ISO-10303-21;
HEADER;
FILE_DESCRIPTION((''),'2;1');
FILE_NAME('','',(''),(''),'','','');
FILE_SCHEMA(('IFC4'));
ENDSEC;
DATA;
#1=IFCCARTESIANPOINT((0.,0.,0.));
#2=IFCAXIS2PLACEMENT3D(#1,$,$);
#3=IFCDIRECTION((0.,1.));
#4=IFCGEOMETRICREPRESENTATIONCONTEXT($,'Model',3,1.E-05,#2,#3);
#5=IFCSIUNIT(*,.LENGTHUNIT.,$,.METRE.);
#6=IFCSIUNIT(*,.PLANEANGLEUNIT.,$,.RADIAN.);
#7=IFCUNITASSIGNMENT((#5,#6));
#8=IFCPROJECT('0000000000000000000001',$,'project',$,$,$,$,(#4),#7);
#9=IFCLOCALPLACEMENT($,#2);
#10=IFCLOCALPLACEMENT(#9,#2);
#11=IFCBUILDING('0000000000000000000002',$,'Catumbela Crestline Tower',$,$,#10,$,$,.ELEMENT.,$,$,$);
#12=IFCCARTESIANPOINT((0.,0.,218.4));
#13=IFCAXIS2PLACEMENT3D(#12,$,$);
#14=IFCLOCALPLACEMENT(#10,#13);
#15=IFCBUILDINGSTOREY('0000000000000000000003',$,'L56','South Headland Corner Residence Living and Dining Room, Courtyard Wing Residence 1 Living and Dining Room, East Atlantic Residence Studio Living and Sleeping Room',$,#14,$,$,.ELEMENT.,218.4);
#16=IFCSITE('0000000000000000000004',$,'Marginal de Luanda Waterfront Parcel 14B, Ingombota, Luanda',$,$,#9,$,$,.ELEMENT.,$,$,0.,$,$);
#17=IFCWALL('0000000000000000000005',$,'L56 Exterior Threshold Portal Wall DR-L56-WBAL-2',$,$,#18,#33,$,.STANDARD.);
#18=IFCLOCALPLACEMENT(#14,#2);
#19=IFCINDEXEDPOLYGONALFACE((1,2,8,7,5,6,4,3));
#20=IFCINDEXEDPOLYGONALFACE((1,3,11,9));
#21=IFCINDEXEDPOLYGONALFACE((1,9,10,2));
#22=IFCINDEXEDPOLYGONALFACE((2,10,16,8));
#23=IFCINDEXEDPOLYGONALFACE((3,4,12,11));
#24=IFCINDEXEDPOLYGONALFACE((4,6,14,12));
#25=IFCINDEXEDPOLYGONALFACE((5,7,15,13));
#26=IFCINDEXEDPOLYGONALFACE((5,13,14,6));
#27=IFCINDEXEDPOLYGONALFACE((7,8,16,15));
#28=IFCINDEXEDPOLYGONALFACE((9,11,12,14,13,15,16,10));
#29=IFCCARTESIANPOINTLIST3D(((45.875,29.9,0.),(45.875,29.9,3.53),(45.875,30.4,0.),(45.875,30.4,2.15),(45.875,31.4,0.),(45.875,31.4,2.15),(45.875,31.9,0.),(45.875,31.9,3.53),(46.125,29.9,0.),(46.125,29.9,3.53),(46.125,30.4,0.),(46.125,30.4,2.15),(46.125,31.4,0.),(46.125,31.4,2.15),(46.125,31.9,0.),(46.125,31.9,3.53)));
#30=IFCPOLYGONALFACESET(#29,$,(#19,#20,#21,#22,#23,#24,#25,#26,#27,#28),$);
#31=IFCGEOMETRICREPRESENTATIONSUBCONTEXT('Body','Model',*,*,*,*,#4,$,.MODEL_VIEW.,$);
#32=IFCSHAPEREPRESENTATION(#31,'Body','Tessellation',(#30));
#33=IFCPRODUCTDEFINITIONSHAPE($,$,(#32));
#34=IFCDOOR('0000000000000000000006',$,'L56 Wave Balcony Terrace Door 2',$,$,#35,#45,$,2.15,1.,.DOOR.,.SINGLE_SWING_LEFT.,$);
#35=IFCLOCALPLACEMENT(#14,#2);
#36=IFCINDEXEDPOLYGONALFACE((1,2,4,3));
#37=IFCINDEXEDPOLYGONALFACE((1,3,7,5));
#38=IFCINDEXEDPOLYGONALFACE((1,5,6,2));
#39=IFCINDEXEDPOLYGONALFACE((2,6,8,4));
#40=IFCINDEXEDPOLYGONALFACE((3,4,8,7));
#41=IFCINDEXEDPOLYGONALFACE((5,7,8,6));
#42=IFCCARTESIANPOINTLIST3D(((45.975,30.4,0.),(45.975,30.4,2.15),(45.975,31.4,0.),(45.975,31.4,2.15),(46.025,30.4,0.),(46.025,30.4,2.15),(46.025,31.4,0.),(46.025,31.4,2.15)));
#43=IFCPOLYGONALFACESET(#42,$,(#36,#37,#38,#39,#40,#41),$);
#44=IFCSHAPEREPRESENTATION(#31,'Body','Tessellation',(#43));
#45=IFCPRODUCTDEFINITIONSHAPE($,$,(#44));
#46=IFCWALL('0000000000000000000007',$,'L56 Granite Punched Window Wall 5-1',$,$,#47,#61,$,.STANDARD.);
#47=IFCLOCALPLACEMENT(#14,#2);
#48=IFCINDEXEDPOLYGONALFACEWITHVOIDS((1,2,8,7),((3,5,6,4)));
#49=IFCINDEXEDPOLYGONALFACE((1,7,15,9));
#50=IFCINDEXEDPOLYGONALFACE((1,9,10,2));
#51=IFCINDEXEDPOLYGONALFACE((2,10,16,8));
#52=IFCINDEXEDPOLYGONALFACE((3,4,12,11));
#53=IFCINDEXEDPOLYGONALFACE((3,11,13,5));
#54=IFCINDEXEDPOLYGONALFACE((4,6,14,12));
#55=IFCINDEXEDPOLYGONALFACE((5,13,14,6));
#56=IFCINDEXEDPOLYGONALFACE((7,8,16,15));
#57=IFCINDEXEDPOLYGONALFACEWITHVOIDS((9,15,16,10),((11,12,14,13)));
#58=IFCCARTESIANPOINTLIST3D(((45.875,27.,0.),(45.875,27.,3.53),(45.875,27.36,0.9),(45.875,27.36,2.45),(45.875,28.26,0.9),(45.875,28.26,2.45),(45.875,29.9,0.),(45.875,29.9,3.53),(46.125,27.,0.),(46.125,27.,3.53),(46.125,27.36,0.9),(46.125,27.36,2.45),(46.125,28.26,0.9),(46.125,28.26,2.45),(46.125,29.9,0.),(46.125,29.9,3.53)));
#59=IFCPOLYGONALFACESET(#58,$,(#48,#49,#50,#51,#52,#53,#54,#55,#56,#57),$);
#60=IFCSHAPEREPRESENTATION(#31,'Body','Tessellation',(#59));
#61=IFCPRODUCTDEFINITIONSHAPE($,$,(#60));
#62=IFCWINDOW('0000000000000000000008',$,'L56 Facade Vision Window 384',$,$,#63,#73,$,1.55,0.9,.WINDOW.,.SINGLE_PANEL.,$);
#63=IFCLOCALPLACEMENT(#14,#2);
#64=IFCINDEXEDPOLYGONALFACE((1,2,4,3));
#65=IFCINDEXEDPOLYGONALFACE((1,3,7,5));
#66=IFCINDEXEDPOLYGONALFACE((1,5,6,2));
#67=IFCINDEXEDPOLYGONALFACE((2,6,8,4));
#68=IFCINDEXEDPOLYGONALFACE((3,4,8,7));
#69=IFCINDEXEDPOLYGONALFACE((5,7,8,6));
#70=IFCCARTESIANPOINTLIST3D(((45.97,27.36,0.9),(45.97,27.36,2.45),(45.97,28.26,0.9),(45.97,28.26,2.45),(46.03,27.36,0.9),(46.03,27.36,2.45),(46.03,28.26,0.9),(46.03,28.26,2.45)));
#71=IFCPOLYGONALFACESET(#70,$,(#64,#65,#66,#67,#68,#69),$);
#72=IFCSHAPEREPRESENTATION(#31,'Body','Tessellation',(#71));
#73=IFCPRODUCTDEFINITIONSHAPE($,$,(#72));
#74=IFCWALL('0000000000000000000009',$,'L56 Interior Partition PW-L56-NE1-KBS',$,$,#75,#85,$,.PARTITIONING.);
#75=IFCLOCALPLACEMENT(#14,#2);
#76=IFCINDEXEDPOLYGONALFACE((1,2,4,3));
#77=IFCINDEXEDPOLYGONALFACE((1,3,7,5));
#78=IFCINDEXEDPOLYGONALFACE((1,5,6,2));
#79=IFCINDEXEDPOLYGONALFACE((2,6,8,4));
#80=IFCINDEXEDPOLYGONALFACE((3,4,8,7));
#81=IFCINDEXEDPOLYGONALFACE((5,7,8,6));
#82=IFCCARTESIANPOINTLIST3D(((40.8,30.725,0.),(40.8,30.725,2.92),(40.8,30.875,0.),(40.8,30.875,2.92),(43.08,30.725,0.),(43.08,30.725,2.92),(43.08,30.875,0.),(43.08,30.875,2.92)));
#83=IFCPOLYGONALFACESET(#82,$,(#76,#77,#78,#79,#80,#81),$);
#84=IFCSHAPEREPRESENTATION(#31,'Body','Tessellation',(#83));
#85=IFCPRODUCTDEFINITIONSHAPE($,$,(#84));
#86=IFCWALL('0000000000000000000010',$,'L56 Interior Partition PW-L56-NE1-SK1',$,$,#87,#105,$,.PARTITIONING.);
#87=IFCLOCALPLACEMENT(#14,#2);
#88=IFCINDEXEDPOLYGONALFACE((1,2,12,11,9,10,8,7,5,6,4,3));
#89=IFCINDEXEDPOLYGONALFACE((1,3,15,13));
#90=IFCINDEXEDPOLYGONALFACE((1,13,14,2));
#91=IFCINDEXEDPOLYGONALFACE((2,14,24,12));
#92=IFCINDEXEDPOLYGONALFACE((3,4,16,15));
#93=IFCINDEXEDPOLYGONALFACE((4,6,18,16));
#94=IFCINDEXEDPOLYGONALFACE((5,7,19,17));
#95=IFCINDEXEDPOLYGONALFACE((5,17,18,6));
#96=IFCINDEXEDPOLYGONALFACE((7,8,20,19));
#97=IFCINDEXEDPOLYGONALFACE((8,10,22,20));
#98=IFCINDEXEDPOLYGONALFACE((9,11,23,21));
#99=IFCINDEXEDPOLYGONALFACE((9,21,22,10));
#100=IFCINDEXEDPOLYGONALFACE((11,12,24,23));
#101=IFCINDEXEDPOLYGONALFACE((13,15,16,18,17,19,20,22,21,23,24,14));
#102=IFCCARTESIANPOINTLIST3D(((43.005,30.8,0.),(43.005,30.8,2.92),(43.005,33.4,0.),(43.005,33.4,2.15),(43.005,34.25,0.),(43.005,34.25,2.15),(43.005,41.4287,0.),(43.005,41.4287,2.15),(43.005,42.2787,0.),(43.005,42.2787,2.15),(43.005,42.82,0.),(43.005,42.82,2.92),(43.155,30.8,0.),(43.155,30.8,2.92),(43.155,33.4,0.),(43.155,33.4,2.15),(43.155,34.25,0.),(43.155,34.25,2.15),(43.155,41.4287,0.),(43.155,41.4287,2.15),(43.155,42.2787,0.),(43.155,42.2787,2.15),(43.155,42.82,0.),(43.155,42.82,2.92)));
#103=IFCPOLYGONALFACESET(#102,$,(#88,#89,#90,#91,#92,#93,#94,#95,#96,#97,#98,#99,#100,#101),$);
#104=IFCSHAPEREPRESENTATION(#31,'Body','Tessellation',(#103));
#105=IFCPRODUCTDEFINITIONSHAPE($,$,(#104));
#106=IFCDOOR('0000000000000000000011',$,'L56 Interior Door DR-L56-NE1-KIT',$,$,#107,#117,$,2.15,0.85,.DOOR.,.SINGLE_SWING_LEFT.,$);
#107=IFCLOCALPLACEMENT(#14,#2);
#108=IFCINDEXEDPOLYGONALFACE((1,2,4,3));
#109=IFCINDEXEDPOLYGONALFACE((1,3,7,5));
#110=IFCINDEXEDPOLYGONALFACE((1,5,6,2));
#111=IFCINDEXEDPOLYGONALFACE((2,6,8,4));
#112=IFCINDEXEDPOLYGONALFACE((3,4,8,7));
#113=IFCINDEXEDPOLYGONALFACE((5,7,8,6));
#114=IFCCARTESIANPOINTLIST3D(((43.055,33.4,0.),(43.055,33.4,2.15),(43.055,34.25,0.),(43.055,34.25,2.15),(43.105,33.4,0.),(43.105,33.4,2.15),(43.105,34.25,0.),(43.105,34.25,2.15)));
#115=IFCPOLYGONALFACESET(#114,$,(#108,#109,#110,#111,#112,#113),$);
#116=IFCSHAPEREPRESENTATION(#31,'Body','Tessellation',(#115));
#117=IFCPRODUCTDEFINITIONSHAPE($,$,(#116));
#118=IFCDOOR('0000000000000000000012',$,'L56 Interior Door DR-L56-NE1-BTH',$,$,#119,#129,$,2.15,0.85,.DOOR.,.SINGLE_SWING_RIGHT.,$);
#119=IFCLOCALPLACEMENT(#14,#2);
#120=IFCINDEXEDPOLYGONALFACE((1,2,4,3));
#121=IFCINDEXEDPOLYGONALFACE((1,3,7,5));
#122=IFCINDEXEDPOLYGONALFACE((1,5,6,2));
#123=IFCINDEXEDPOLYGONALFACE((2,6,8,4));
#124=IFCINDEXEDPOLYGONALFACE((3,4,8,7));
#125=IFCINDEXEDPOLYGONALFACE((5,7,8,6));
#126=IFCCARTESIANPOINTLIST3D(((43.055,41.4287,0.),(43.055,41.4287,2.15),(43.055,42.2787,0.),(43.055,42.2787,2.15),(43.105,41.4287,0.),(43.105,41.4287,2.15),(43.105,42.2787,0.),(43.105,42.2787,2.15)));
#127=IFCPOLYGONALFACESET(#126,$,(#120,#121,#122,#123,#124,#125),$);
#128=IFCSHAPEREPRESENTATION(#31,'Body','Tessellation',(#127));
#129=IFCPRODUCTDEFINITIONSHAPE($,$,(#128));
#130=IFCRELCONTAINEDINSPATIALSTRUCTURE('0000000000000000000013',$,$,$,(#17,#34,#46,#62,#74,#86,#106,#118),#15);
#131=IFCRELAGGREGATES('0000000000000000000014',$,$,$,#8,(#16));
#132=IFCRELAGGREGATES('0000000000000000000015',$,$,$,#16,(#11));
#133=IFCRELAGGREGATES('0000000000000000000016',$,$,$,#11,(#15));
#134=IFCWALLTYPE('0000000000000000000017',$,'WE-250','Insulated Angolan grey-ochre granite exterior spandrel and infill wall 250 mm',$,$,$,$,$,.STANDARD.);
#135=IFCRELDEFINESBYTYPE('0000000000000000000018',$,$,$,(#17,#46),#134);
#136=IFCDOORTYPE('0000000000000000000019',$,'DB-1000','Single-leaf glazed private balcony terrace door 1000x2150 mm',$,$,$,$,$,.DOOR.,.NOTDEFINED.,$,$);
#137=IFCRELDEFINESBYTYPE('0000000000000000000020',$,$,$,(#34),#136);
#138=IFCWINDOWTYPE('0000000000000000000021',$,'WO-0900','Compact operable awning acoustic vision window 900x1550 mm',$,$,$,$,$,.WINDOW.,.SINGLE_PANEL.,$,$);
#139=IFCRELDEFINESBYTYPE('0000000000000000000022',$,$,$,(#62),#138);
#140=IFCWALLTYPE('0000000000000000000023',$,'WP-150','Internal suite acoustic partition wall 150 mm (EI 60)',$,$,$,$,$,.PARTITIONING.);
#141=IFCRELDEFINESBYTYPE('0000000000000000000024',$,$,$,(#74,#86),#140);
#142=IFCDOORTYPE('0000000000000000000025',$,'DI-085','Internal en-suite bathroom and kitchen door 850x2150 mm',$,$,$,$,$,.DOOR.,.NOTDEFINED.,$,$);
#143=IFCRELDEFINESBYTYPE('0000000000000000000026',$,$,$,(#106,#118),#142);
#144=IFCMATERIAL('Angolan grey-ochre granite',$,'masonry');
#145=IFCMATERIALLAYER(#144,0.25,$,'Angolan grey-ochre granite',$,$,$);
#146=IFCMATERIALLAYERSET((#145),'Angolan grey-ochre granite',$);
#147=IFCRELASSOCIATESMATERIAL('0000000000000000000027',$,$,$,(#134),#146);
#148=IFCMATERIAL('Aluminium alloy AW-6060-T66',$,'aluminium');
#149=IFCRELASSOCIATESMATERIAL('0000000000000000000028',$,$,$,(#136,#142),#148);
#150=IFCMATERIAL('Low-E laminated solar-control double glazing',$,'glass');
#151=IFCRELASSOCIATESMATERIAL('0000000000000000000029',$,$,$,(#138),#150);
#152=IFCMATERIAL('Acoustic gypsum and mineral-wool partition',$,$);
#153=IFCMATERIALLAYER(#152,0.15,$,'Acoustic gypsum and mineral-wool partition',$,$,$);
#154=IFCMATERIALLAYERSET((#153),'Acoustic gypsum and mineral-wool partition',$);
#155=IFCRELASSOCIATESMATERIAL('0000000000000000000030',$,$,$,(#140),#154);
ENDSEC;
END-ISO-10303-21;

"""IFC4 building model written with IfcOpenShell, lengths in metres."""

from ifc_helpers import new_model, si_unit, direction, frame, frame_2d, origin, place, context, subcontext, project, spatial, rectangle, extrude, material, layer, layer_set, type_object, element, fill, save


model = new_model("IFC4")

# Units and contexts
model_context = context("Model", 3, precision=1e-05, world=origin(), true_north=direction((0.0, 1.0)))
body_context = subcontext(model_context, "Body", "Model", "MODEL_VIEW")
ifc_project = project(units=[si_unit("LENGTHUNIT", "METRE"), si_unit("PLANEANGLEUNIT", "RADIAN")], contexts=[model_context])

# Site, building, storey
site_placement = place(None, origin())
site = spatial("IfcSite", under=ifc_project, at=site_placement, Name="Marginal de Luanda Waterfront Parcel 14B, Ingombota, Luanda", CompositionType="ELEMENT", RefElevation=0.0)
building_placement = place(site_placement, origin())
building = spatial("IfcBuilding", under=site, at=building_placement, Name="Catumbela Crestline Tower", CompositionType="ELEMENT")
storey_placement = place(building_placement, frame((0.0, 0.0, 218.4)))
storey = spatial("IfcBuildingStorey", under=building, at=storey_placement, Name="L56", Description="South Headland Corner Residence Living and Dining Room, Courtyard Wing Residence 1 Living and Dining Room, East Atlantic Residence Studio Living and Sleeping Room", CompositionType="ELEMENT", Elevation=218.4)

# Shared definitions
ifc_material_1 = material(Name="Aluminium alloy AW-6060-T66", Category="aluminium")

# Shared definitions
ifc_material_2 = material(Name="Low-E laminated solar-control double glazing", Category="glass")

# Wall, opening, door
ifc_material_3 = material(Name="Acoustic gypsum and mineral-wool partition")
ifc_material_4 = material(Name="Angolan grey-ochre granite", Category="masonry")
ifc_layer_1 = layer(ifc_material_4, 0.25, Name="Angolan grey-ochre granite")
ifc_layer_set_1 = layer_set([ifc_layer_1], Name="Angolan grey-ochre granite")
wall_type_1 = type_object("IfcWallType", Name="WE-250", Description="Insulated Angolan grey-ochre granite exterior spandrel and infill wall 250 mm", PredefinedType="STANDARD", material=ifc_layer_set_1)
wall_1_placement = place(storey_placement, frame((46.0, 29.9, 0.0), z_axis=(0.0, 0.0, 1.0), x_axis=(0.0, 1.0, 0.0)))
wall_1 = element("IfcWall", 1, at=wall_1_placement, inside=storey, type_object=wall_type_1, Name="L56 Exterior Threshold Portal Wall DR-L56-WBAL-2", PredefinedType="STANDARD", context=body_context, shape_type="SweptSolid", body=[
    extrude(rectangle(XDim=2.0, YDim=0.25, at=frame_2d((1.0, 0.0))), origin(), (0.0, 0.0, 1.0), 3.53),
])
opening_1_placement = place(wall_1_placement, frame((0.5, 0.0, 0.0)))
opening_1 = element("IfcOpeningElement", 2, at=opening_1_placement, cuts=wall_1, PredefinedType="OPENING", context=body_context, shape_type="SweptSolid", body=[
    extrude(rectangle(XDim=1.0, YDim=2.15, at=frame_2d((0.5, 1.075))), frame((0.0, 0.135, 0.0), z_axis=(0.0, -1.0, 0.0), x_axis=(1.0, 0.0, 0.0)), (0.0, 0.0, 1.0), 0.27),
])
door_type_1 = type_object("IfcDoorType", Name="DB-1000", Description="Single-leaf glazed private balcony terrace door 1000x2150 mm", OperationType="NOTDEFINED", PredefinedType="DOOR", material=ifc_material_1)
door_1_placement = place(opening_1_placement, origin())
door_1 = element("IfcDoor", 3, at=door_1_placement, inside=storey, type_object=door_type_1, Name="L56 Wave Balcony Terrace Door 2", OperationType="SINGLE_SWING_LEFT", OverallHeight=2.15, OverallWidth=1.0, PredefinedType="DOOR", context=body_context, shape_type="SweptSolid", body=[
    extrude(rectangle(XDim=1.0, YDim=2.15, at=frame_2d((0.5, 1.075))), frame((0.0, 0.025, 0.0), z_axis=(0.0, -1.0, 0.0), x_axis=(1.0, 0.0, 0.0)), (0.0, 0.0, 1.0), 0.05),
])
fill(opening_1, door_1)

# Wall, opening, window
wall_2_placement = place(storey_placement, frame((46.0, 27.0, 0.0), z_axis=(0.0, 0.0, 1.0), x_axis=(0.0, 1.0, 0.0)))
wall_2 = element("IfcWall", 4, at=wall_2_placement, inside=storey, type_object=wall_type_1, Name="L56 Granite Punched Window Wall 5-1", PredefinedType="STANDARD", context=body_context, shape_type="SweptSolid", body=[
    extrude(rectangle(XDim=2.9, YDim=0.25, at=frame_2d((1.45, 0.0))), origin(), (0.0, 0.0, 1.0), 3.53),
])
opening_2_placement = place(wall_2_placement, frame((0.36, 0.0, 0.9)))
opening_2 = element("IfcOpeningElement", 5, at=opening_2_placement, cuts=wall_2, PredefinedType="OPENING", context=body_context, shape_type="SweptSolid", body=[
    extrude(rectangle(XDim=0.9, YDim=1.55, at=frame_2d((0.45, 0.775))), frame((0.0, 0.135, 0.0), z_axis=(0.0, -1.0, 0.0), x_axis=(1.0, 0.0, 0.0)), (0.0, 0.0, 1.0), 0.27),
])
window_type = type_object("IfcWindowType", Name="WO-0900", Description="Compact operable awning acoustic vision window 900x1550 mm", PartitioningType="SINGLE_PANEL", PredefinedType="WINDOW", material=ifc_material_2)
window_placement = place(opening_2_placement, origin())
window = element("IfcWindow", 6, at=window_placement, inside=storey, type_object=window_type, Name="L56 Facade Vision Window 384", OverallHeight=1.55, OverallWidth=0.9, PartitioningType="SINGLE_PANEL", PredefinedType="WINDOW", context=body_context, shape_type="SweptSolid", body=[
    extrude(rectangle(XDim=0.9, YDim=1.55, at=frame_2d((0.45, 0.775))), frame((0.0, 0.03, 0.0), z_axis=(0.0, -1.0, 0.0), x_axis=(1.0, 0.0, 0.0)), (0.0, 0.0, 1.0), 0.06),
])
fill(opening_2, window)

# Wall
ifc_layer_2 = layer(ifc_material_3, 0.15, Name="Acoustic gypsum and mineral-wool partition")
ifc_layer_set_2 = layer_set([ifc_layer_2], Name="Acoustic gypsum and mineral-wool partition")
wall_type_2 = type_object("IfcWallType", Name="WP-150", Description="Internal suite acoustic partition wall 150 mm (EI 60)", PredefinedType="PARTITIONING", material=ifc_layer_set_2)
wall_3_placement = place(storey_placement, frame((40.8, 30.8, 0.0), z_axis=(0.0, 0.0, 1.0), x_axis=(1.0, 0.0, 0.0)))
element("IfcWall", 7, at=wall_3_placement, inside=storey, type_object=wall_type_2, Name="L56 Interior Partition PW-L56-NE1-KBS", PredefinedType="PARTITIONING", context=body_context, shape_type="SweptSolid", body=[
    extrude(rectangle(XDim=2.28, YDim=0.15, at=frame_2d((1.14, 0.0))), origin(), (0.0, 0.0, 1.0), 2.92),
])

# Wall, openings, doors
wall_4_placement = place(storey_placement, frame((43.08, 30.8, 0.0), z_axis=(0.0, 0.0, 1.0), x_axis=(0.0, 1.0, 0.0)))
wall_4 = element("IfcWall", 8, at=wall_4_placement, inside=storey, type_object=wall_type_2, Name="L56 Interior Partition PW-L56-NE1-SK1", PredefinedType="PARTITIONING", context=body_context, shape_type="SweptSolid", body=[
    extrude(rectangle(XDim=12.02, YDim=0.15, at=frame_2d((6.01, 0.0))), origin(), (0.0, 0.0, 1.0), 2.92),
])
opening_3_placement = place(wall_4_placement, frame((2.6, 0.0, 0.0)))
opening_3 = element("IfcOpeningElement", 9, at=opening_3_placement, cuts=wall_4, PredefinedType="OPENING", context=body_context, shape_type="SweptSolid", body=[
    extrude(rectangle(XDim=0.85, YDim=2.15, at=frame_2d((0.425, 1.075))), frame((0.0, 0.085, 0.0), z_axis=(0.0, -1.0, 0.0), x_axis=(1.0, 0.0, 0.0)), (0.0, 0.0, 1.0), 0.17),
])
opening_4_placement = place(wall_4_placement, frame((10.6287, 0.0, 0.0)))
opening_4 = element("IfcOpeningElement", 10, at=opening_4_placement, cuts=wall_4, PredefinedType="OPENING", context=body_context, shape_type="SweptSolid", body=[
    extrude(rectangle(XDim=0.85, YDim=2.15, at=frame_2d((0.425, 1.075))), frame((0.0, 0.085, 0.0), z_axis=(0.0, -1.0, 0.0), x_axis=(1.0, 0.0, 0.0)), (0.0, 0.0, 1.0), 0.17),
])
door_type_2 = type_object("IfcDoorType", Name="DI-085", Description="Internal en-suite bathroom and kitchen door 850x2150 mm", OperationType="NOTDEFINED", PredefinedType="DOOR", material=ifc_material_1)
door_2_placement = place(opening_3_placement, origin())
door_2 = element("IfcDoor", 11, at=door_2_placement, inside=storey, type_object=door_type_2, Name="L56 Interior Door DR-L56-NE1-KIT", OperationType="SINGLE_SWING_LEFT", OverallHeight=2.15, OverallWidth=0.85, PredefinedType="DOOR", context=body_context, shape_type="SweptSolid", body=[
    extrude(rectangle(XDim=0.85, YDim=2.15, at=frame_2d((0.425, 1.075))), frame((0.0, 0.025, 0.0), z_axis=(0.0, -1.0, 0.0), x_axis=(1.0, 0.0, 0.0)), (0.0, 0.0, 1.0), 0.05),
])
fill(opening_3, door_2)
door_3_placement = place(opening_4_placement, origin())
door_3 = element("IfcDoor", 12, at=door_3_placement, inside=storey, type_object=door_type_2, Name="L56 Interior Door DR-L56-NE1-BTH", OperationType="SINGLE_SWING_RIGHT", OverallHeight=2.15, OverallWidth=0.85, PredefinedType="DOOR", context=body_context, shape_type="SweptSolid", body=[
    extrude(rectangle(XDim=0.85, YDim=2.15, at=frame_2d((0.425, 1.075))), frame((0.0, 0.025, 0.0), z_axis=(0.0, -1.0, 0.0), x_axis=(1.0, 0.0, 0.0)), (0.0, 0.0, 1.0), 0.05),
])
fill(opening_4, door_3)

save(model, "model.ifc")
